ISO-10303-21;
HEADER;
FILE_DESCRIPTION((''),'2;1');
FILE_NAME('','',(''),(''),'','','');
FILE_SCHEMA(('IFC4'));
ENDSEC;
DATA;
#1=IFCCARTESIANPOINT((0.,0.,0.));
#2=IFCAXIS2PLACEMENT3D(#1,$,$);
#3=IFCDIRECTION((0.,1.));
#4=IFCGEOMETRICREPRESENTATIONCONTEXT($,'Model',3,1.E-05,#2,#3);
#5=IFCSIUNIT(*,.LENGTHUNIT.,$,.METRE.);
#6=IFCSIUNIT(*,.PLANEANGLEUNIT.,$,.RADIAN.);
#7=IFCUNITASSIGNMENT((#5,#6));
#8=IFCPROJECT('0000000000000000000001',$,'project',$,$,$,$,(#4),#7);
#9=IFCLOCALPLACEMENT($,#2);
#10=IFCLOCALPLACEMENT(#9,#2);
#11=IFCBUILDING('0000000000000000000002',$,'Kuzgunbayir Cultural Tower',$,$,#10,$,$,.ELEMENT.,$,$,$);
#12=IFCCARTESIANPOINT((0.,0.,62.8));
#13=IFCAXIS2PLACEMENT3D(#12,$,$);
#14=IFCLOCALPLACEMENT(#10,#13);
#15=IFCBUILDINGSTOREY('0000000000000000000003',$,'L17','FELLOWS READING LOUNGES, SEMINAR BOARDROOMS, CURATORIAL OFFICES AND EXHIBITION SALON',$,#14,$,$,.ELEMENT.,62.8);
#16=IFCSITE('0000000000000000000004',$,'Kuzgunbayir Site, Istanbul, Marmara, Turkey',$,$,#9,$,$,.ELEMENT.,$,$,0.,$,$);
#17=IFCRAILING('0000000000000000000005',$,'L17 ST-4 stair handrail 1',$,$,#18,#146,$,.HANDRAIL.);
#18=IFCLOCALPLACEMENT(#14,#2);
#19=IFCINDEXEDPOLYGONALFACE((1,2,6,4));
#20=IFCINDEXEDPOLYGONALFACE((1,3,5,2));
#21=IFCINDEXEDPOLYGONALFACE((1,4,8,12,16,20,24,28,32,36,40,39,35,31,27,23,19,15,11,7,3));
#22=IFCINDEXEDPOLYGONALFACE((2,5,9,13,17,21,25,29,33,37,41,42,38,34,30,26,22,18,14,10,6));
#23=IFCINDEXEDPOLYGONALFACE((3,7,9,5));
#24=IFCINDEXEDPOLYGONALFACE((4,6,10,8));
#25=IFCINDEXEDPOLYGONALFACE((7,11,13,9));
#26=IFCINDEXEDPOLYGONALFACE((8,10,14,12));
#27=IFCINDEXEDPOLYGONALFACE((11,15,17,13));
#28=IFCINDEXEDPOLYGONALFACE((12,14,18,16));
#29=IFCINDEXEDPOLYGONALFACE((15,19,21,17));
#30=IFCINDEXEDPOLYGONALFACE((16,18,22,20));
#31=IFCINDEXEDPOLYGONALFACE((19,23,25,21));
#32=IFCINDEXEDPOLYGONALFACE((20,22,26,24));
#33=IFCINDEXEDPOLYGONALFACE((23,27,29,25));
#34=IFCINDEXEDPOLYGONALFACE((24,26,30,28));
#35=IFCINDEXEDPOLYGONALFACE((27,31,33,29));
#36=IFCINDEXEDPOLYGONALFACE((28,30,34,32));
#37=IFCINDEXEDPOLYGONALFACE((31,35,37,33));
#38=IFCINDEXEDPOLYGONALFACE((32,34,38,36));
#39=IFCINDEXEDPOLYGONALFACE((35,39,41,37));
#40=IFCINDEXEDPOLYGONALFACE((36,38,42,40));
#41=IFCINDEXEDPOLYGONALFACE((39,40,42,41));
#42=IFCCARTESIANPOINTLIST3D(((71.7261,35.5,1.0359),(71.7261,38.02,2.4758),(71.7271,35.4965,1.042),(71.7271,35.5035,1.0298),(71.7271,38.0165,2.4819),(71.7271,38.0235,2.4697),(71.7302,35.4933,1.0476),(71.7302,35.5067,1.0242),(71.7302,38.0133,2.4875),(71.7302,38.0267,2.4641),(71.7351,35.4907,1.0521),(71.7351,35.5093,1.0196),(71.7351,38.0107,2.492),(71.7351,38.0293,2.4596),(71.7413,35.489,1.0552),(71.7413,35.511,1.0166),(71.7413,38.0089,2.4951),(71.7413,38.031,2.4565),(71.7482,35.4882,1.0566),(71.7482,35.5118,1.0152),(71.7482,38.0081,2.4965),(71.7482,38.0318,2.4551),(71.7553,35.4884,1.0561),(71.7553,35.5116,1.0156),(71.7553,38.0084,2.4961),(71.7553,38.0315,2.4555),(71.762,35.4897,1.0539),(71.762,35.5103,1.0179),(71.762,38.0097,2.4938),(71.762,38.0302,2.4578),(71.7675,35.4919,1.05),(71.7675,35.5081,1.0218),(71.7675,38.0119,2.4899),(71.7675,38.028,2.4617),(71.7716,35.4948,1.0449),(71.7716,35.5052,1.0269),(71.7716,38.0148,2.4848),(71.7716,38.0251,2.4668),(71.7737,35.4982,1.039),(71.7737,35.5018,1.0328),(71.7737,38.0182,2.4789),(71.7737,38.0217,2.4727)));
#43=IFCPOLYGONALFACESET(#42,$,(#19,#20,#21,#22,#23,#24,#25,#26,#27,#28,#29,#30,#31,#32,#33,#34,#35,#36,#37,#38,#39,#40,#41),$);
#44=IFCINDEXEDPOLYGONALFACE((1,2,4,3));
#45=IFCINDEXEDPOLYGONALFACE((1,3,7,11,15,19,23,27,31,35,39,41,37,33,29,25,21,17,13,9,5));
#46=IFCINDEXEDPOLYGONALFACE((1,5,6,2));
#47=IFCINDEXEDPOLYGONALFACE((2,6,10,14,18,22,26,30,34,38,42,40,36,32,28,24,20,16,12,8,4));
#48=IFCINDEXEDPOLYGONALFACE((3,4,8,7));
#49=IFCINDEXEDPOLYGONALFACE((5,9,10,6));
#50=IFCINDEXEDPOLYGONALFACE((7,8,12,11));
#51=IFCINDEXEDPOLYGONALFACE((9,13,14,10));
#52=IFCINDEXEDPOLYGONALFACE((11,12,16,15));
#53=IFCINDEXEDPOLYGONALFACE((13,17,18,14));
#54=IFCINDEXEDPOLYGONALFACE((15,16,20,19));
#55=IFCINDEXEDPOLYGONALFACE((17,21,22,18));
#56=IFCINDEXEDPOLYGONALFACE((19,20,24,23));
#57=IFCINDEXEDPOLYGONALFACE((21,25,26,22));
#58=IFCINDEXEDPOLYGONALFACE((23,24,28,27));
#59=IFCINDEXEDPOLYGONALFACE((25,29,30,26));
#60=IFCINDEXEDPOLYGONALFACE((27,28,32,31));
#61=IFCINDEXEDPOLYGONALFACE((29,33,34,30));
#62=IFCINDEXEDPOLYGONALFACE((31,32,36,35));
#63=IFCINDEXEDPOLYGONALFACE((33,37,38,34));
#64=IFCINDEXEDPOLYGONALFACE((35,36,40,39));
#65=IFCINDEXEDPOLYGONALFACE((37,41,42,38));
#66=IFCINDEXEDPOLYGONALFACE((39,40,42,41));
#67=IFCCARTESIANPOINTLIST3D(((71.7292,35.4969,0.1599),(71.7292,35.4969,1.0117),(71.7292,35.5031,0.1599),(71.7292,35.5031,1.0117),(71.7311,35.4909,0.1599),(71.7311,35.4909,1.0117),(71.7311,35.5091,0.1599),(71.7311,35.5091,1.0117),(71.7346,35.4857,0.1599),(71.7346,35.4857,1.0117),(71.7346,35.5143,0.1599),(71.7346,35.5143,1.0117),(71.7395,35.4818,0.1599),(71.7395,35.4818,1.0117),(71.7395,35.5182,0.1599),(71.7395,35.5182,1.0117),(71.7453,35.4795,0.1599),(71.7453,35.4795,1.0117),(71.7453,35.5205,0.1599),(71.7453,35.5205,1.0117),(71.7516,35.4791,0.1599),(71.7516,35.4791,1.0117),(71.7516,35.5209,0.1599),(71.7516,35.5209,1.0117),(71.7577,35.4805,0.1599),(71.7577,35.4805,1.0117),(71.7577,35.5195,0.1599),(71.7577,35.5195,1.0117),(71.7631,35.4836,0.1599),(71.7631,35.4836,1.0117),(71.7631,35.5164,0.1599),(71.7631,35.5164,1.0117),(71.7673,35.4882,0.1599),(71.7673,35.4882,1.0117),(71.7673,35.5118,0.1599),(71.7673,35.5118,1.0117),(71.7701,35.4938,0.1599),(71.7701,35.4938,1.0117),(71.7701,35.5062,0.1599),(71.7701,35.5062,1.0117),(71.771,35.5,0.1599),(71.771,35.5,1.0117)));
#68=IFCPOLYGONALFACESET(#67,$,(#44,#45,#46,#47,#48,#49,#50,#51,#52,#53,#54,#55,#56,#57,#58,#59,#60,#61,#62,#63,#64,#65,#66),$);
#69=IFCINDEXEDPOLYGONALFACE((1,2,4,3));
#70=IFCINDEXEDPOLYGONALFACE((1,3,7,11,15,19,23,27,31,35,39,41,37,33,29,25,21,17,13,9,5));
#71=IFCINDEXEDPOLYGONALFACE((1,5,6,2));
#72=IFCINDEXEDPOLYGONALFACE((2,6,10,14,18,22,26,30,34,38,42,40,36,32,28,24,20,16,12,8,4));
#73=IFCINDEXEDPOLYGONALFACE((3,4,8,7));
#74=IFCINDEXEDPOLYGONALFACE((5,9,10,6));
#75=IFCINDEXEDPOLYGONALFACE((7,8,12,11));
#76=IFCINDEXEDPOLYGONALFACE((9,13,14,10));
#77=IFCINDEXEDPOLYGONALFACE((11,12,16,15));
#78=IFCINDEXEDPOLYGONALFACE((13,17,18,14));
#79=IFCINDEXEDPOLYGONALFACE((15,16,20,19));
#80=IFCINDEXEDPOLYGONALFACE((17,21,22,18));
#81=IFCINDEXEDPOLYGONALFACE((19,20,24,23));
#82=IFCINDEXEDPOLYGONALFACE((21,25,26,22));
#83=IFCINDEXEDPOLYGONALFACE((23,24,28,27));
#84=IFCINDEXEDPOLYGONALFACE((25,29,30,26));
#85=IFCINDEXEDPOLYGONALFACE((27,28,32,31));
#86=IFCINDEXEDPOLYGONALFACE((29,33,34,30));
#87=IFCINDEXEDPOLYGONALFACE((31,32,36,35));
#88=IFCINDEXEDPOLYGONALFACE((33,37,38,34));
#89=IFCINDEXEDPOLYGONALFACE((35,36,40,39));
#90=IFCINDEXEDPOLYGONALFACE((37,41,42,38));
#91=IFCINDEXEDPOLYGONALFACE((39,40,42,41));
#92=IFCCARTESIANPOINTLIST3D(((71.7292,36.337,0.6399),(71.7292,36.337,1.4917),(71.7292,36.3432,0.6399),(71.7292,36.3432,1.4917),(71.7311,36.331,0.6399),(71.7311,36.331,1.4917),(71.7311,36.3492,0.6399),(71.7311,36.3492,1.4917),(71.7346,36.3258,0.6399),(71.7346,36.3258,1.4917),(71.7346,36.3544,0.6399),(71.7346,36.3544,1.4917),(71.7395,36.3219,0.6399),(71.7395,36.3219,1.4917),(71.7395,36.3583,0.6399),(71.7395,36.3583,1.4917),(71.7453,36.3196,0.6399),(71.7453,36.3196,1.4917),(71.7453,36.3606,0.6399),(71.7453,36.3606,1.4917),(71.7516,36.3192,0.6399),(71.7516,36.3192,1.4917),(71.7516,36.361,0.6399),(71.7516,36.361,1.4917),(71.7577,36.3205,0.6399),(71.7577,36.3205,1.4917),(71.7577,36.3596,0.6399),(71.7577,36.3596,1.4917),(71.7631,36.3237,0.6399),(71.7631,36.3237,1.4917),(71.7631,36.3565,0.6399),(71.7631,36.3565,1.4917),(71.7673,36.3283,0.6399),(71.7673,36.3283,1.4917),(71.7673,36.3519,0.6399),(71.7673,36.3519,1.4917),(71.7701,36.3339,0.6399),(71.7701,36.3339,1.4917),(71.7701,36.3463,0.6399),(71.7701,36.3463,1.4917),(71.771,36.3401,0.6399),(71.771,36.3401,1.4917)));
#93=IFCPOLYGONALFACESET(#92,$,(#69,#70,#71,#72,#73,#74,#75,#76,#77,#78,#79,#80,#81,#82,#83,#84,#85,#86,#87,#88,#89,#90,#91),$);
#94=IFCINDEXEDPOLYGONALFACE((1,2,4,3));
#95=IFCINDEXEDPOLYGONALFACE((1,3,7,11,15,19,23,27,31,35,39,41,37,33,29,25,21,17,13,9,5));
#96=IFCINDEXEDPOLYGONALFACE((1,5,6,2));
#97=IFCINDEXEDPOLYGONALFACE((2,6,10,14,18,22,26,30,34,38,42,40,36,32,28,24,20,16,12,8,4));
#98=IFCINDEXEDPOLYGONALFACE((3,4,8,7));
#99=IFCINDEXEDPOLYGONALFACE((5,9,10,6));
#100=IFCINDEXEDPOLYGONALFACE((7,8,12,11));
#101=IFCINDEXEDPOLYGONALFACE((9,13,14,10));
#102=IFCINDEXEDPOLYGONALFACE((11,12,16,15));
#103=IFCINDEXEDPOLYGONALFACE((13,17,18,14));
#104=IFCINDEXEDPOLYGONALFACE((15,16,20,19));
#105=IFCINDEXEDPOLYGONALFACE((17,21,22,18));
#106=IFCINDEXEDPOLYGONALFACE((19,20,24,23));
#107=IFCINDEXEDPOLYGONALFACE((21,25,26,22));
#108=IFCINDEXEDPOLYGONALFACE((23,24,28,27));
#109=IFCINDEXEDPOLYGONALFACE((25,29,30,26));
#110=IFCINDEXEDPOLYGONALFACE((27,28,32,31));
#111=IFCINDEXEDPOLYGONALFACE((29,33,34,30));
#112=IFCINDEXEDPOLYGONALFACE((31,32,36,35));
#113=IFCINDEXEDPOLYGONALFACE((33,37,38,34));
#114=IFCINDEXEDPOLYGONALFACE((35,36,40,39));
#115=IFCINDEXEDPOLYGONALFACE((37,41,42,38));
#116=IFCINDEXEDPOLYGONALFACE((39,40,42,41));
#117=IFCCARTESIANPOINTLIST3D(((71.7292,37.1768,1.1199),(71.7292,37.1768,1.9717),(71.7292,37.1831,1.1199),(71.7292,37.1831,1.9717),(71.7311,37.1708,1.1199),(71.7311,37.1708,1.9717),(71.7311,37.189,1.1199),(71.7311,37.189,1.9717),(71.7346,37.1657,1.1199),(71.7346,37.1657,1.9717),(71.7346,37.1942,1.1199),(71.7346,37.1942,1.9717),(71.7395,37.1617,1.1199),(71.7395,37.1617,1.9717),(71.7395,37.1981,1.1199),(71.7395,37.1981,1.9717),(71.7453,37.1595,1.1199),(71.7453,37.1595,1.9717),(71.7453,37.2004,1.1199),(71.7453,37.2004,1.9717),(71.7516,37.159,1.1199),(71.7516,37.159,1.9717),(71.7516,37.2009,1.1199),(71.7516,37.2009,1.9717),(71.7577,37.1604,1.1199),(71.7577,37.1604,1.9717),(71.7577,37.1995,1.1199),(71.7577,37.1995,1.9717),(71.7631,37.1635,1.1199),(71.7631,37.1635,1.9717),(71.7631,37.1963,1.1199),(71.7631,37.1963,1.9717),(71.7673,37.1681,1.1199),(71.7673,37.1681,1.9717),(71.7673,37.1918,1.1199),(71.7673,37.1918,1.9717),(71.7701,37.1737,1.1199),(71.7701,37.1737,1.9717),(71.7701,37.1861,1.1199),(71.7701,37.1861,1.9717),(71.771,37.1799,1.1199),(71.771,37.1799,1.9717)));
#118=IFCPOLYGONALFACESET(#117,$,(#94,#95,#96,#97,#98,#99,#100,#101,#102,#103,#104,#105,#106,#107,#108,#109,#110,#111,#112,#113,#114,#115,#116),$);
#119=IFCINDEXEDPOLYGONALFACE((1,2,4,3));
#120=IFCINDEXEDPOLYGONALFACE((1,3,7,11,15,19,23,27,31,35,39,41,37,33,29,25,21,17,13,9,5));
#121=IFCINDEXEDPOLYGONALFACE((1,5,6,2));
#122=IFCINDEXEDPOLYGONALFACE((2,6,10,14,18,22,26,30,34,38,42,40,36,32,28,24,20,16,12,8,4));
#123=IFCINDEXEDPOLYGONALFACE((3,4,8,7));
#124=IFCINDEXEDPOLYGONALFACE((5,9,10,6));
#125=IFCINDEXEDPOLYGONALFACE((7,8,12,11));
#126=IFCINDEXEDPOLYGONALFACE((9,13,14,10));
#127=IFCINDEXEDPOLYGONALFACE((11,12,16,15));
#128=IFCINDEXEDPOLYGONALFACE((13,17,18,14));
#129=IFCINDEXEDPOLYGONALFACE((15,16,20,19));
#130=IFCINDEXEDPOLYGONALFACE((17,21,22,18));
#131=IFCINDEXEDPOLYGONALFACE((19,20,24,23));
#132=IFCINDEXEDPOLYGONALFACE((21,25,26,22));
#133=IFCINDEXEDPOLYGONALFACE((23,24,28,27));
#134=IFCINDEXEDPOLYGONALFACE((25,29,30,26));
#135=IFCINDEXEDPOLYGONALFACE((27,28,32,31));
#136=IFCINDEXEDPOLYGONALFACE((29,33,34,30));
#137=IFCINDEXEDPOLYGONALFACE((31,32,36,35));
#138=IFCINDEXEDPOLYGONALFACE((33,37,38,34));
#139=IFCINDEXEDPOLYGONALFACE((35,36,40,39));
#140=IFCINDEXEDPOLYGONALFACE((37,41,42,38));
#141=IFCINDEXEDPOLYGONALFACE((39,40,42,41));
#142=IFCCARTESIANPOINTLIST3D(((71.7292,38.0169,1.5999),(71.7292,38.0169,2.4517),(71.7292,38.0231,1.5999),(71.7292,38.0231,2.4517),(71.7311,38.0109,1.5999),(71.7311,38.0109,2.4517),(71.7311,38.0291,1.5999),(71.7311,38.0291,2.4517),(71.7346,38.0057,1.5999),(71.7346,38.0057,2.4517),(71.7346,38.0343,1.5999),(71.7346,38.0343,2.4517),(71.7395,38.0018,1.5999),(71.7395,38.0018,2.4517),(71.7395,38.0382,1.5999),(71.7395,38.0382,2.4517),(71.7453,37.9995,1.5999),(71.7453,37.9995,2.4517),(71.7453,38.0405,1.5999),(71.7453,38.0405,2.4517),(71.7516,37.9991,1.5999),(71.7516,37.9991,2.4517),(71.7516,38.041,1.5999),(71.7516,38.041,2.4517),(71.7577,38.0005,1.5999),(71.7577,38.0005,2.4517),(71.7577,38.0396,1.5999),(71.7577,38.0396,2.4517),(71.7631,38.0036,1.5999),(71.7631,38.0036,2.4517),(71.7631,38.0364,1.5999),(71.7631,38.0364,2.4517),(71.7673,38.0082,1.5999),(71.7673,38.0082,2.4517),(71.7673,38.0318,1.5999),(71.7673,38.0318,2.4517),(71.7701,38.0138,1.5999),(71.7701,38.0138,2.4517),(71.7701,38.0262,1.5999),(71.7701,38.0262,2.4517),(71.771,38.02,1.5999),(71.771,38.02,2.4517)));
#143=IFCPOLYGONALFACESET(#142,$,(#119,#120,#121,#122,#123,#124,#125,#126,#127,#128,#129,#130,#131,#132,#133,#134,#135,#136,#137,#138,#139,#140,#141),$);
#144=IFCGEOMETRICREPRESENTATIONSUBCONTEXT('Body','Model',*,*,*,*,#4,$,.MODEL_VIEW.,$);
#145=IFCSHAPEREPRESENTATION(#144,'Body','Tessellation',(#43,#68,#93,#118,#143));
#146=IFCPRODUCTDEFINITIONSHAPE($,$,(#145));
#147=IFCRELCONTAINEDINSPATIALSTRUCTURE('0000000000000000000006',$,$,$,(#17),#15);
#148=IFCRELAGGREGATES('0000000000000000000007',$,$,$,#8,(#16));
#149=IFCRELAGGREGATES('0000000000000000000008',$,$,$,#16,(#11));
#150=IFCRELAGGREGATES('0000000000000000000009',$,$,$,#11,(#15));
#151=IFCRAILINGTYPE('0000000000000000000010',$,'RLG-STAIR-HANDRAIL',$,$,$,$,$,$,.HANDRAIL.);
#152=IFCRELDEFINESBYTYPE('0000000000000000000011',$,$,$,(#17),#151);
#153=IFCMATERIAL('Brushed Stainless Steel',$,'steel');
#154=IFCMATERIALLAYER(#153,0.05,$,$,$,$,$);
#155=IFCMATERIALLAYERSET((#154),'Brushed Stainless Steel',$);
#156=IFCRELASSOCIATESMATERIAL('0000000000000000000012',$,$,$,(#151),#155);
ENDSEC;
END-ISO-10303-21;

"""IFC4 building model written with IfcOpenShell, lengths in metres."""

from ifc_helpers import new_model, si_unit, direction, frame, origin, origin_2d, place, context, subcontext, project, spatial, circle, extrude, material, layer, layer_set, type_object, element, save


model = new_model("IFC4")

# Units and contexts
model_context = context("Model", 3, precision=1e-05, world=origin(), true_north=direction((0.0, 1.0)))
body_context = subcontext(model_context, "Body", "Model", "MODEL_VIEW")
ifc_project = project(units=[si_unit("LENGTHUNIT", "METRE"), si_unit("PLANEANGLEUNIT", "RADIAN")], contexts=[model_context])

# Site, building, storey
site_placement = place(None, origin())
site = spatial("IfcSite", under=ifc_project, at=site_placement, Name="Kuzgunbayir Site, Istanbul, Marmara, Turkey", CompositionType="ELEMENT", RefElevation=0.0)
building_placement = place(site_placement, origin())
building = spatial("IfcBuilding", under=site, at=building_placement, Name="Kuzgunbayir Cultural Tower", CompositionType="ELEMENT")
storey_placement = place(building_placement, frame((0.0, 0.0, 62.8)))
storey = spatial("IfcBuildingStorey", under=building, at=storey_placement, Name="L17", Description="FELLOWS READING LOUNGES, SEMINAR BOARDROOMS, CURATORIAL OFFICES AND EXHIBITION SALON", CompositionType="ELEMENT", Elevation=62.8)

# Shared definitions
ifc_material_1 = material(Name="Brushed Stainless Steel", Category="steel")

# Railing
ifc_layer_1 = layer(ifc_material_1, 0.05)
ifc_layer_set_1 = layer_set([ifc_layer_1], Name="Brushed Stainless Steel")
railing_type_1 = type_object("IfcRailingType", Name="RLG-STAIR-HANDRAIL", PredefinedType="HANDRAIL", material=ifc_layer_set_1)
railing_1_placement = place(storey_placement, frame((71.75, 35.5, 0.1599)))
element("IfcRailing", 1, at=railing_1_placement, inside=storey, type_object=railing_type_1, Name="L17 ST-4 stair handrail 1", PredefinedType="HANDRAIL", context=body_context, shape_type="SweptSolid", body=[
    extrude(circle(Radius=0.0239, at=origin_2d()), frame((0.0, 0.0, 0.876), z_axis=(0.0, 0.868253, 0.496121), x_axis=(-1.0, 0.0, 0.0)), (0.0, 0.0, 1.0), 2.9023),
    extrude(circle(Radius=0.021, at=origin_2d()), origin(), (0.0, 0.0, 1.0), 0.8518),
    extrude(circle(Radius=0.021, at=origin_2d()), frame((0.0, 0.8401, 0.48)), (0.0, 0.0, 1.0), 0.8518),
    extrude(circle(Radius=0.021, at=origin_2d()), frame((0.0, 1.6799, 0.96)), (0.0, 0.0, 1.0), 0.8518),
    extrude(circle(Radius=0.021, at=origin_2d()), frame((0.0, 2.52, 1.4399)), (0.0, 0.0, 1.0), 0.8518),
])

save(model, "model.ifc")
